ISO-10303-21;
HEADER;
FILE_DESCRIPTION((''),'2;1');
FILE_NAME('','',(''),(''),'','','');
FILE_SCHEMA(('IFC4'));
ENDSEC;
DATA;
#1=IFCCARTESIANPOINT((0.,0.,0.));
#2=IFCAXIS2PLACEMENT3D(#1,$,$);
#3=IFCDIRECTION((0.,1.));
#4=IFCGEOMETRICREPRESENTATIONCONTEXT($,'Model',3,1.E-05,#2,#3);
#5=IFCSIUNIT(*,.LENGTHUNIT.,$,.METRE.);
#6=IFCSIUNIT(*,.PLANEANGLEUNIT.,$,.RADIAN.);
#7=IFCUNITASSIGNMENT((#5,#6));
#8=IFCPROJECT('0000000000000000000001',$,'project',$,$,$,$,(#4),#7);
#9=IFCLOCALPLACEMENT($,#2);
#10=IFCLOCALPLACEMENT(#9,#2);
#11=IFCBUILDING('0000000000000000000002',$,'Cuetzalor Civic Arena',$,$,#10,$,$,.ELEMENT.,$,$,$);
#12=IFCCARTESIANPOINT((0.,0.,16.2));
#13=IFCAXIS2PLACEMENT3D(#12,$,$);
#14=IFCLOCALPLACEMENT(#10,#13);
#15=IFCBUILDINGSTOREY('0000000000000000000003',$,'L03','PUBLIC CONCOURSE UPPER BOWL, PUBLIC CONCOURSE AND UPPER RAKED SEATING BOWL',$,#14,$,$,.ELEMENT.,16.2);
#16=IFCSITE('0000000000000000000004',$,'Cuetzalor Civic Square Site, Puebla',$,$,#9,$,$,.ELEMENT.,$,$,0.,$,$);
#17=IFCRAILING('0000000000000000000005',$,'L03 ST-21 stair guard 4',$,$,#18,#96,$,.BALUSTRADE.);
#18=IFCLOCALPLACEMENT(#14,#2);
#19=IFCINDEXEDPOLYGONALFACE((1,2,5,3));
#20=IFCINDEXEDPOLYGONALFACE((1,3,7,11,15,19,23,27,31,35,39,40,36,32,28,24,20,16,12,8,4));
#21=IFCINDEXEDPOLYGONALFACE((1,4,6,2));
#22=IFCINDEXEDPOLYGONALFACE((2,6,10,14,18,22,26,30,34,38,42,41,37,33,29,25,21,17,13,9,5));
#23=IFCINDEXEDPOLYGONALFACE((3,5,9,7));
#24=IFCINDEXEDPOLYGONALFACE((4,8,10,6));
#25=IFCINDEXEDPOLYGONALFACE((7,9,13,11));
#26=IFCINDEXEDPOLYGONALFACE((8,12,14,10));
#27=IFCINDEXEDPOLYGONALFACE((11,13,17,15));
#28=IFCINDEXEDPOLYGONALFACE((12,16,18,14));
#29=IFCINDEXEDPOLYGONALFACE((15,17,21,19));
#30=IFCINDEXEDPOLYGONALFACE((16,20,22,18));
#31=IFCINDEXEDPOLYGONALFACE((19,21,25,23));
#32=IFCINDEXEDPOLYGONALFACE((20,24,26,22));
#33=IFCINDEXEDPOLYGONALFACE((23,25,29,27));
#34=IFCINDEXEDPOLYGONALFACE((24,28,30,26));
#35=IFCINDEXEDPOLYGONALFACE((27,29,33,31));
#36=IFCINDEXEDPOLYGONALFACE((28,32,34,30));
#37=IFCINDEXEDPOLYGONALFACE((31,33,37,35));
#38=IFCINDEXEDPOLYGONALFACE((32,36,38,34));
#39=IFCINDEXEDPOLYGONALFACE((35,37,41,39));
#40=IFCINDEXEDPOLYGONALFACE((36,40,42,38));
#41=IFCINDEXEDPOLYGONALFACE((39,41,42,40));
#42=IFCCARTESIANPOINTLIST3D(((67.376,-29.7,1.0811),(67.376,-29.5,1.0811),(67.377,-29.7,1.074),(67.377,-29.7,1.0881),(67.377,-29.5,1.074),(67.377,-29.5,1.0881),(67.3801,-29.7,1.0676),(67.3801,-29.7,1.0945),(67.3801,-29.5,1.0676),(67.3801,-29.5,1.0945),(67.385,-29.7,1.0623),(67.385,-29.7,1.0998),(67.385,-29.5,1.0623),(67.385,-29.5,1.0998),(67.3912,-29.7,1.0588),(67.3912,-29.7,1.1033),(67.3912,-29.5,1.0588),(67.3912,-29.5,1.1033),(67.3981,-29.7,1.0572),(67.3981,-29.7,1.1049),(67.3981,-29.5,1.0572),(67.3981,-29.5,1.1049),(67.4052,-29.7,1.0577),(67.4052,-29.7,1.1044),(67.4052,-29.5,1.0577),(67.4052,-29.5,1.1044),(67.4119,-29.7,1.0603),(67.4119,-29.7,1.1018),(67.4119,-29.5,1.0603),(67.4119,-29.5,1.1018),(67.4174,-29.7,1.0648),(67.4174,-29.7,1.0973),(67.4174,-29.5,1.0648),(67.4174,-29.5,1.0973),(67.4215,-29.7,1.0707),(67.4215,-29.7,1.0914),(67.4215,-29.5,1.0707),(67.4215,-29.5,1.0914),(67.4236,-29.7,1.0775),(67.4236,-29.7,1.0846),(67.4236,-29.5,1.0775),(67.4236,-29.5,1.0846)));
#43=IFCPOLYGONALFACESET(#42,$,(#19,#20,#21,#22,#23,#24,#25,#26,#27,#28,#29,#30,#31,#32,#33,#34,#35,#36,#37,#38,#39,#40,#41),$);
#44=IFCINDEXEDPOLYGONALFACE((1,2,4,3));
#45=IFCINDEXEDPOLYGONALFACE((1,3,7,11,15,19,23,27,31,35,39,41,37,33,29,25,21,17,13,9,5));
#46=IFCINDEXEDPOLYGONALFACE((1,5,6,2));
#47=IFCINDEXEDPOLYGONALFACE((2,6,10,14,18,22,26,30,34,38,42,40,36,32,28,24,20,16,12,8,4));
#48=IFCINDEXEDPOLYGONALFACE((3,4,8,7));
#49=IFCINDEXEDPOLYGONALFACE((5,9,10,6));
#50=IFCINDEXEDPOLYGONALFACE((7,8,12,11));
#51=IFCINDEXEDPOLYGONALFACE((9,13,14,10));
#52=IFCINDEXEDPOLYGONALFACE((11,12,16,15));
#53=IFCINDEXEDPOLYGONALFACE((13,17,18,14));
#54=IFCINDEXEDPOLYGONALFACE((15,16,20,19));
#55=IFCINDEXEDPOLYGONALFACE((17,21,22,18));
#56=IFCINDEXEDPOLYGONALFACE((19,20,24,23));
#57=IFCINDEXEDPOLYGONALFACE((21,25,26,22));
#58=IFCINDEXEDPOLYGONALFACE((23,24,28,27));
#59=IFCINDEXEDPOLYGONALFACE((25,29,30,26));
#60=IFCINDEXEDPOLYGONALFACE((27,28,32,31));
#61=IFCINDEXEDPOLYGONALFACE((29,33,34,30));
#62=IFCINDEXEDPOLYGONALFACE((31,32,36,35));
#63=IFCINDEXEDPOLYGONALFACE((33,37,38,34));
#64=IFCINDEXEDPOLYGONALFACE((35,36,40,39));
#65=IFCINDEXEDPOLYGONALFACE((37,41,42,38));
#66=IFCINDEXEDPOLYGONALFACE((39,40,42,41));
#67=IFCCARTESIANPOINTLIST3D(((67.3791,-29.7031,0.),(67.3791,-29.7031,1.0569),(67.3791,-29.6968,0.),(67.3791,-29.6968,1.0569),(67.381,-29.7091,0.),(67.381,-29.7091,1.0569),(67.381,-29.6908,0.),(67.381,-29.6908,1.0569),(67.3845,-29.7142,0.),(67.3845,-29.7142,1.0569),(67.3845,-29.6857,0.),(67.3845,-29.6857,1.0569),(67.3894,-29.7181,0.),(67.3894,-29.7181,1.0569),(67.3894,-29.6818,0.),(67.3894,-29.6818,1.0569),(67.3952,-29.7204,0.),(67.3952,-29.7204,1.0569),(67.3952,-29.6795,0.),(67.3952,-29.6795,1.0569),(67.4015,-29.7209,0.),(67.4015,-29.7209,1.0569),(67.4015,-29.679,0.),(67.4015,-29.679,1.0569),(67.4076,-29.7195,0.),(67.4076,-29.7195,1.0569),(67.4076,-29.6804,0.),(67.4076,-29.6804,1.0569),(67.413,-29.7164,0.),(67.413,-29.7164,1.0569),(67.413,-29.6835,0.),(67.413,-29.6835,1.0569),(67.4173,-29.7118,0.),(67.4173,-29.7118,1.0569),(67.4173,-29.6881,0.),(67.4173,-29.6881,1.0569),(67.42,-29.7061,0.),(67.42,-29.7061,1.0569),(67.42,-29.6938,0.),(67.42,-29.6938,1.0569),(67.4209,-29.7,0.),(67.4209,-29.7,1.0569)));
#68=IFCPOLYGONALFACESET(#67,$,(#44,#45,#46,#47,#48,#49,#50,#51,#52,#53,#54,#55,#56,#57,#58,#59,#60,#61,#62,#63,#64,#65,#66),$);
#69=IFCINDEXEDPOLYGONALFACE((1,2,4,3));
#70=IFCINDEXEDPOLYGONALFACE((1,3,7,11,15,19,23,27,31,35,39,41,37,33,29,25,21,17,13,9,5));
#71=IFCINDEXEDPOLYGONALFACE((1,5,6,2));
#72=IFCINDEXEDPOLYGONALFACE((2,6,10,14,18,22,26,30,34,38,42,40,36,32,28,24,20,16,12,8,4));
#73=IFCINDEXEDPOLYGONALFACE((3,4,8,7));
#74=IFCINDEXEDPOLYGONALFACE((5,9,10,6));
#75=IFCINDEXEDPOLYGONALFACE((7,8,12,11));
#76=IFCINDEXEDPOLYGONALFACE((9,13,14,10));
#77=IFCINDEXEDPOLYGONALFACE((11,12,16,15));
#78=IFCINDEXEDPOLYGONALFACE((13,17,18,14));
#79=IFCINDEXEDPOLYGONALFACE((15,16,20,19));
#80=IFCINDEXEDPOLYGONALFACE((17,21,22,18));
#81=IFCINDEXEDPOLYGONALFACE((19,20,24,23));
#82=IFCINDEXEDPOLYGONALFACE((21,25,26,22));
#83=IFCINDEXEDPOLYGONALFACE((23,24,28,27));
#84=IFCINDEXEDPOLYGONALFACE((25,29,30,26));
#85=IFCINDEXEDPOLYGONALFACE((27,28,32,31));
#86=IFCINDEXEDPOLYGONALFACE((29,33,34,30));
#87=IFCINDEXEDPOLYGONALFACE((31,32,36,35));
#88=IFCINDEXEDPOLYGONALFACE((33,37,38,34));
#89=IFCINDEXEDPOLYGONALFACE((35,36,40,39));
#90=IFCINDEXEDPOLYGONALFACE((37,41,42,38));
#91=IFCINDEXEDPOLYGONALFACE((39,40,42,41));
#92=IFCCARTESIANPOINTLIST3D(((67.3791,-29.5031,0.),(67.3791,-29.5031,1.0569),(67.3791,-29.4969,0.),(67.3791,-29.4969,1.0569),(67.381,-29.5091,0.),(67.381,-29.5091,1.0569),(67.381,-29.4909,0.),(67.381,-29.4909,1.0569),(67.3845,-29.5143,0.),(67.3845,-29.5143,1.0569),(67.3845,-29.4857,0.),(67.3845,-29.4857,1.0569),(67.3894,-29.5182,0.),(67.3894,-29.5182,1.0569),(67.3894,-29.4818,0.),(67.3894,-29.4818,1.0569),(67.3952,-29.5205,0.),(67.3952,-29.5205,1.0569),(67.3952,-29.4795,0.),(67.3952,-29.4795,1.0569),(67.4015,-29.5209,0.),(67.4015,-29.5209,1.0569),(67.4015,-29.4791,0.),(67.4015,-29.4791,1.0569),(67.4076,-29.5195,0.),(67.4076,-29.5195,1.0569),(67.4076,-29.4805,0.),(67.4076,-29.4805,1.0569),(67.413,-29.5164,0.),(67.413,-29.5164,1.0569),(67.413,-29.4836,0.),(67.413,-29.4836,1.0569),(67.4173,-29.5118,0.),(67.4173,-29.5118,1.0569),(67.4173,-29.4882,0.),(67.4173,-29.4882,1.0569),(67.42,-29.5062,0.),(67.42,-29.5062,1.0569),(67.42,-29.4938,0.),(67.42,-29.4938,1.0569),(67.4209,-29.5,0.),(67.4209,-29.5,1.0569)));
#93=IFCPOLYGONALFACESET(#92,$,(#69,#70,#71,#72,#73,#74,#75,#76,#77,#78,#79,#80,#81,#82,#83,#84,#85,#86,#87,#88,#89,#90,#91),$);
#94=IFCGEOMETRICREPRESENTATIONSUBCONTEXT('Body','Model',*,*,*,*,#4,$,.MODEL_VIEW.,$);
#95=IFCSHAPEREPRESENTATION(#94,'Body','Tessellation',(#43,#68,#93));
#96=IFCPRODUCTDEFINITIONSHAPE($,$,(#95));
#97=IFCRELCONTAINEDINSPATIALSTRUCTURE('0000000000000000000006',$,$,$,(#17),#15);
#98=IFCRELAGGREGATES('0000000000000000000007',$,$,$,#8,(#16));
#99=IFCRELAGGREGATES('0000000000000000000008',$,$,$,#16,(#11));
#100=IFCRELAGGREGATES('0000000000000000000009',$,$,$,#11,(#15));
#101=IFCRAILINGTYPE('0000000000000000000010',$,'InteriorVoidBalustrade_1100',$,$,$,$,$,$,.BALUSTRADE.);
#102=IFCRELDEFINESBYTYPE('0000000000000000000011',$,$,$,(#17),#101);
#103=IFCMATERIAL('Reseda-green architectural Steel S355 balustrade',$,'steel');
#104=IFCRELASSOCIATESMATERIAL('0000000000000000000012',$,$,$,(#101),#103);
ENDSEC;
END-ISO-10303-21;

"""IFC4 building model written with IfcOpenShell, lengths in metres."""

from ifc_helpers import new_model, si_unit, direction, frame, origin, origin_2d, place, context, subcontext, project, spatial, circle, extrude, material, type_object, element, save


model = new_model("IFC4")

# Units and contexts
model_context = context("Model", 3, precision=1e-05, world=origin(), true_north=direction((0.0, 1.0)))
body_context = subcontext(model_context, "Body", "Model", "MODEL_VIEW")
ifc_project = project(units=[si_unit("LENGTHUNIT", "METRE"), si_unit("PLANEANGLEUNIT", "RADIAN")], contexts=[model_context])

# Site, building, storey
site_placement = place(None, origin())
site = spatial("IfcSite", under=ifc_project, at=site_placement, Name="Cuetzalor Civic Square Site, Puebla", CompositionType="ELEMENT", RefElevation=0.0)
building_placement = place(site_placement, origin())
building = spatial("IfcBuilding", under=site, at=building_placement, Name="Cuetzalor Civic Arena", CompositionType="ELEMENT")
storey_placement = place(building_placement, frame((0.0, 0.0, 16.2)))
storey = spatial("IfcBuildingStorey", under=building, at=storey_placement, Name="L03", Description="PUBLIC CONCOURSE UPPER BOWL, PUBLIC CONCOURSE AND UPPER RAKED SEATING BOWL", CompositionType="ELEMENT", Elevation=16.2)

# Railing
ifc_material_1 = material(Name="Reseda-green architectural Steel S355 balustrade", Category="steel")
railing_type = type_object("IfcRailingType", Name="InteriorVoidBalustrade_1100", PredefinedType="BALUSTRADE", material=ifc_material_1)
railing_1_placement = place(storey_placement, frame((67.3999, -29.7, 0.0)))
element("IfcRailing", 1, at=railing_1_placement, inside=storey, type_object=railing_type, Name="L03 ST-21 stair guard 4", PredefinedType="BALUSTRADE", context=body_context, shape_type="SweptSolid", body=[
    extrude(circle(Radius=0.0239, at=origin_2d()), frame((0.0, 0.0, 1.0811), z_axis=(0.0, 1.0, 0.0), x_axis=(-1.0, 0.0, 0.0)), (0.0, 0.0, 1.0), 0.2),
    extrude(circle(Radius=0.021, at=origin_2d()), origin(), (0.0, 0.0, 1.0), 1.0569),
    extrude(circle(Radius=0.021, at=origin_2d()), frame((0.0, 0.2, 0.0)), (0.0, 0.0, 1.0), 1.0569),
])

save(model, "model.ifc")
